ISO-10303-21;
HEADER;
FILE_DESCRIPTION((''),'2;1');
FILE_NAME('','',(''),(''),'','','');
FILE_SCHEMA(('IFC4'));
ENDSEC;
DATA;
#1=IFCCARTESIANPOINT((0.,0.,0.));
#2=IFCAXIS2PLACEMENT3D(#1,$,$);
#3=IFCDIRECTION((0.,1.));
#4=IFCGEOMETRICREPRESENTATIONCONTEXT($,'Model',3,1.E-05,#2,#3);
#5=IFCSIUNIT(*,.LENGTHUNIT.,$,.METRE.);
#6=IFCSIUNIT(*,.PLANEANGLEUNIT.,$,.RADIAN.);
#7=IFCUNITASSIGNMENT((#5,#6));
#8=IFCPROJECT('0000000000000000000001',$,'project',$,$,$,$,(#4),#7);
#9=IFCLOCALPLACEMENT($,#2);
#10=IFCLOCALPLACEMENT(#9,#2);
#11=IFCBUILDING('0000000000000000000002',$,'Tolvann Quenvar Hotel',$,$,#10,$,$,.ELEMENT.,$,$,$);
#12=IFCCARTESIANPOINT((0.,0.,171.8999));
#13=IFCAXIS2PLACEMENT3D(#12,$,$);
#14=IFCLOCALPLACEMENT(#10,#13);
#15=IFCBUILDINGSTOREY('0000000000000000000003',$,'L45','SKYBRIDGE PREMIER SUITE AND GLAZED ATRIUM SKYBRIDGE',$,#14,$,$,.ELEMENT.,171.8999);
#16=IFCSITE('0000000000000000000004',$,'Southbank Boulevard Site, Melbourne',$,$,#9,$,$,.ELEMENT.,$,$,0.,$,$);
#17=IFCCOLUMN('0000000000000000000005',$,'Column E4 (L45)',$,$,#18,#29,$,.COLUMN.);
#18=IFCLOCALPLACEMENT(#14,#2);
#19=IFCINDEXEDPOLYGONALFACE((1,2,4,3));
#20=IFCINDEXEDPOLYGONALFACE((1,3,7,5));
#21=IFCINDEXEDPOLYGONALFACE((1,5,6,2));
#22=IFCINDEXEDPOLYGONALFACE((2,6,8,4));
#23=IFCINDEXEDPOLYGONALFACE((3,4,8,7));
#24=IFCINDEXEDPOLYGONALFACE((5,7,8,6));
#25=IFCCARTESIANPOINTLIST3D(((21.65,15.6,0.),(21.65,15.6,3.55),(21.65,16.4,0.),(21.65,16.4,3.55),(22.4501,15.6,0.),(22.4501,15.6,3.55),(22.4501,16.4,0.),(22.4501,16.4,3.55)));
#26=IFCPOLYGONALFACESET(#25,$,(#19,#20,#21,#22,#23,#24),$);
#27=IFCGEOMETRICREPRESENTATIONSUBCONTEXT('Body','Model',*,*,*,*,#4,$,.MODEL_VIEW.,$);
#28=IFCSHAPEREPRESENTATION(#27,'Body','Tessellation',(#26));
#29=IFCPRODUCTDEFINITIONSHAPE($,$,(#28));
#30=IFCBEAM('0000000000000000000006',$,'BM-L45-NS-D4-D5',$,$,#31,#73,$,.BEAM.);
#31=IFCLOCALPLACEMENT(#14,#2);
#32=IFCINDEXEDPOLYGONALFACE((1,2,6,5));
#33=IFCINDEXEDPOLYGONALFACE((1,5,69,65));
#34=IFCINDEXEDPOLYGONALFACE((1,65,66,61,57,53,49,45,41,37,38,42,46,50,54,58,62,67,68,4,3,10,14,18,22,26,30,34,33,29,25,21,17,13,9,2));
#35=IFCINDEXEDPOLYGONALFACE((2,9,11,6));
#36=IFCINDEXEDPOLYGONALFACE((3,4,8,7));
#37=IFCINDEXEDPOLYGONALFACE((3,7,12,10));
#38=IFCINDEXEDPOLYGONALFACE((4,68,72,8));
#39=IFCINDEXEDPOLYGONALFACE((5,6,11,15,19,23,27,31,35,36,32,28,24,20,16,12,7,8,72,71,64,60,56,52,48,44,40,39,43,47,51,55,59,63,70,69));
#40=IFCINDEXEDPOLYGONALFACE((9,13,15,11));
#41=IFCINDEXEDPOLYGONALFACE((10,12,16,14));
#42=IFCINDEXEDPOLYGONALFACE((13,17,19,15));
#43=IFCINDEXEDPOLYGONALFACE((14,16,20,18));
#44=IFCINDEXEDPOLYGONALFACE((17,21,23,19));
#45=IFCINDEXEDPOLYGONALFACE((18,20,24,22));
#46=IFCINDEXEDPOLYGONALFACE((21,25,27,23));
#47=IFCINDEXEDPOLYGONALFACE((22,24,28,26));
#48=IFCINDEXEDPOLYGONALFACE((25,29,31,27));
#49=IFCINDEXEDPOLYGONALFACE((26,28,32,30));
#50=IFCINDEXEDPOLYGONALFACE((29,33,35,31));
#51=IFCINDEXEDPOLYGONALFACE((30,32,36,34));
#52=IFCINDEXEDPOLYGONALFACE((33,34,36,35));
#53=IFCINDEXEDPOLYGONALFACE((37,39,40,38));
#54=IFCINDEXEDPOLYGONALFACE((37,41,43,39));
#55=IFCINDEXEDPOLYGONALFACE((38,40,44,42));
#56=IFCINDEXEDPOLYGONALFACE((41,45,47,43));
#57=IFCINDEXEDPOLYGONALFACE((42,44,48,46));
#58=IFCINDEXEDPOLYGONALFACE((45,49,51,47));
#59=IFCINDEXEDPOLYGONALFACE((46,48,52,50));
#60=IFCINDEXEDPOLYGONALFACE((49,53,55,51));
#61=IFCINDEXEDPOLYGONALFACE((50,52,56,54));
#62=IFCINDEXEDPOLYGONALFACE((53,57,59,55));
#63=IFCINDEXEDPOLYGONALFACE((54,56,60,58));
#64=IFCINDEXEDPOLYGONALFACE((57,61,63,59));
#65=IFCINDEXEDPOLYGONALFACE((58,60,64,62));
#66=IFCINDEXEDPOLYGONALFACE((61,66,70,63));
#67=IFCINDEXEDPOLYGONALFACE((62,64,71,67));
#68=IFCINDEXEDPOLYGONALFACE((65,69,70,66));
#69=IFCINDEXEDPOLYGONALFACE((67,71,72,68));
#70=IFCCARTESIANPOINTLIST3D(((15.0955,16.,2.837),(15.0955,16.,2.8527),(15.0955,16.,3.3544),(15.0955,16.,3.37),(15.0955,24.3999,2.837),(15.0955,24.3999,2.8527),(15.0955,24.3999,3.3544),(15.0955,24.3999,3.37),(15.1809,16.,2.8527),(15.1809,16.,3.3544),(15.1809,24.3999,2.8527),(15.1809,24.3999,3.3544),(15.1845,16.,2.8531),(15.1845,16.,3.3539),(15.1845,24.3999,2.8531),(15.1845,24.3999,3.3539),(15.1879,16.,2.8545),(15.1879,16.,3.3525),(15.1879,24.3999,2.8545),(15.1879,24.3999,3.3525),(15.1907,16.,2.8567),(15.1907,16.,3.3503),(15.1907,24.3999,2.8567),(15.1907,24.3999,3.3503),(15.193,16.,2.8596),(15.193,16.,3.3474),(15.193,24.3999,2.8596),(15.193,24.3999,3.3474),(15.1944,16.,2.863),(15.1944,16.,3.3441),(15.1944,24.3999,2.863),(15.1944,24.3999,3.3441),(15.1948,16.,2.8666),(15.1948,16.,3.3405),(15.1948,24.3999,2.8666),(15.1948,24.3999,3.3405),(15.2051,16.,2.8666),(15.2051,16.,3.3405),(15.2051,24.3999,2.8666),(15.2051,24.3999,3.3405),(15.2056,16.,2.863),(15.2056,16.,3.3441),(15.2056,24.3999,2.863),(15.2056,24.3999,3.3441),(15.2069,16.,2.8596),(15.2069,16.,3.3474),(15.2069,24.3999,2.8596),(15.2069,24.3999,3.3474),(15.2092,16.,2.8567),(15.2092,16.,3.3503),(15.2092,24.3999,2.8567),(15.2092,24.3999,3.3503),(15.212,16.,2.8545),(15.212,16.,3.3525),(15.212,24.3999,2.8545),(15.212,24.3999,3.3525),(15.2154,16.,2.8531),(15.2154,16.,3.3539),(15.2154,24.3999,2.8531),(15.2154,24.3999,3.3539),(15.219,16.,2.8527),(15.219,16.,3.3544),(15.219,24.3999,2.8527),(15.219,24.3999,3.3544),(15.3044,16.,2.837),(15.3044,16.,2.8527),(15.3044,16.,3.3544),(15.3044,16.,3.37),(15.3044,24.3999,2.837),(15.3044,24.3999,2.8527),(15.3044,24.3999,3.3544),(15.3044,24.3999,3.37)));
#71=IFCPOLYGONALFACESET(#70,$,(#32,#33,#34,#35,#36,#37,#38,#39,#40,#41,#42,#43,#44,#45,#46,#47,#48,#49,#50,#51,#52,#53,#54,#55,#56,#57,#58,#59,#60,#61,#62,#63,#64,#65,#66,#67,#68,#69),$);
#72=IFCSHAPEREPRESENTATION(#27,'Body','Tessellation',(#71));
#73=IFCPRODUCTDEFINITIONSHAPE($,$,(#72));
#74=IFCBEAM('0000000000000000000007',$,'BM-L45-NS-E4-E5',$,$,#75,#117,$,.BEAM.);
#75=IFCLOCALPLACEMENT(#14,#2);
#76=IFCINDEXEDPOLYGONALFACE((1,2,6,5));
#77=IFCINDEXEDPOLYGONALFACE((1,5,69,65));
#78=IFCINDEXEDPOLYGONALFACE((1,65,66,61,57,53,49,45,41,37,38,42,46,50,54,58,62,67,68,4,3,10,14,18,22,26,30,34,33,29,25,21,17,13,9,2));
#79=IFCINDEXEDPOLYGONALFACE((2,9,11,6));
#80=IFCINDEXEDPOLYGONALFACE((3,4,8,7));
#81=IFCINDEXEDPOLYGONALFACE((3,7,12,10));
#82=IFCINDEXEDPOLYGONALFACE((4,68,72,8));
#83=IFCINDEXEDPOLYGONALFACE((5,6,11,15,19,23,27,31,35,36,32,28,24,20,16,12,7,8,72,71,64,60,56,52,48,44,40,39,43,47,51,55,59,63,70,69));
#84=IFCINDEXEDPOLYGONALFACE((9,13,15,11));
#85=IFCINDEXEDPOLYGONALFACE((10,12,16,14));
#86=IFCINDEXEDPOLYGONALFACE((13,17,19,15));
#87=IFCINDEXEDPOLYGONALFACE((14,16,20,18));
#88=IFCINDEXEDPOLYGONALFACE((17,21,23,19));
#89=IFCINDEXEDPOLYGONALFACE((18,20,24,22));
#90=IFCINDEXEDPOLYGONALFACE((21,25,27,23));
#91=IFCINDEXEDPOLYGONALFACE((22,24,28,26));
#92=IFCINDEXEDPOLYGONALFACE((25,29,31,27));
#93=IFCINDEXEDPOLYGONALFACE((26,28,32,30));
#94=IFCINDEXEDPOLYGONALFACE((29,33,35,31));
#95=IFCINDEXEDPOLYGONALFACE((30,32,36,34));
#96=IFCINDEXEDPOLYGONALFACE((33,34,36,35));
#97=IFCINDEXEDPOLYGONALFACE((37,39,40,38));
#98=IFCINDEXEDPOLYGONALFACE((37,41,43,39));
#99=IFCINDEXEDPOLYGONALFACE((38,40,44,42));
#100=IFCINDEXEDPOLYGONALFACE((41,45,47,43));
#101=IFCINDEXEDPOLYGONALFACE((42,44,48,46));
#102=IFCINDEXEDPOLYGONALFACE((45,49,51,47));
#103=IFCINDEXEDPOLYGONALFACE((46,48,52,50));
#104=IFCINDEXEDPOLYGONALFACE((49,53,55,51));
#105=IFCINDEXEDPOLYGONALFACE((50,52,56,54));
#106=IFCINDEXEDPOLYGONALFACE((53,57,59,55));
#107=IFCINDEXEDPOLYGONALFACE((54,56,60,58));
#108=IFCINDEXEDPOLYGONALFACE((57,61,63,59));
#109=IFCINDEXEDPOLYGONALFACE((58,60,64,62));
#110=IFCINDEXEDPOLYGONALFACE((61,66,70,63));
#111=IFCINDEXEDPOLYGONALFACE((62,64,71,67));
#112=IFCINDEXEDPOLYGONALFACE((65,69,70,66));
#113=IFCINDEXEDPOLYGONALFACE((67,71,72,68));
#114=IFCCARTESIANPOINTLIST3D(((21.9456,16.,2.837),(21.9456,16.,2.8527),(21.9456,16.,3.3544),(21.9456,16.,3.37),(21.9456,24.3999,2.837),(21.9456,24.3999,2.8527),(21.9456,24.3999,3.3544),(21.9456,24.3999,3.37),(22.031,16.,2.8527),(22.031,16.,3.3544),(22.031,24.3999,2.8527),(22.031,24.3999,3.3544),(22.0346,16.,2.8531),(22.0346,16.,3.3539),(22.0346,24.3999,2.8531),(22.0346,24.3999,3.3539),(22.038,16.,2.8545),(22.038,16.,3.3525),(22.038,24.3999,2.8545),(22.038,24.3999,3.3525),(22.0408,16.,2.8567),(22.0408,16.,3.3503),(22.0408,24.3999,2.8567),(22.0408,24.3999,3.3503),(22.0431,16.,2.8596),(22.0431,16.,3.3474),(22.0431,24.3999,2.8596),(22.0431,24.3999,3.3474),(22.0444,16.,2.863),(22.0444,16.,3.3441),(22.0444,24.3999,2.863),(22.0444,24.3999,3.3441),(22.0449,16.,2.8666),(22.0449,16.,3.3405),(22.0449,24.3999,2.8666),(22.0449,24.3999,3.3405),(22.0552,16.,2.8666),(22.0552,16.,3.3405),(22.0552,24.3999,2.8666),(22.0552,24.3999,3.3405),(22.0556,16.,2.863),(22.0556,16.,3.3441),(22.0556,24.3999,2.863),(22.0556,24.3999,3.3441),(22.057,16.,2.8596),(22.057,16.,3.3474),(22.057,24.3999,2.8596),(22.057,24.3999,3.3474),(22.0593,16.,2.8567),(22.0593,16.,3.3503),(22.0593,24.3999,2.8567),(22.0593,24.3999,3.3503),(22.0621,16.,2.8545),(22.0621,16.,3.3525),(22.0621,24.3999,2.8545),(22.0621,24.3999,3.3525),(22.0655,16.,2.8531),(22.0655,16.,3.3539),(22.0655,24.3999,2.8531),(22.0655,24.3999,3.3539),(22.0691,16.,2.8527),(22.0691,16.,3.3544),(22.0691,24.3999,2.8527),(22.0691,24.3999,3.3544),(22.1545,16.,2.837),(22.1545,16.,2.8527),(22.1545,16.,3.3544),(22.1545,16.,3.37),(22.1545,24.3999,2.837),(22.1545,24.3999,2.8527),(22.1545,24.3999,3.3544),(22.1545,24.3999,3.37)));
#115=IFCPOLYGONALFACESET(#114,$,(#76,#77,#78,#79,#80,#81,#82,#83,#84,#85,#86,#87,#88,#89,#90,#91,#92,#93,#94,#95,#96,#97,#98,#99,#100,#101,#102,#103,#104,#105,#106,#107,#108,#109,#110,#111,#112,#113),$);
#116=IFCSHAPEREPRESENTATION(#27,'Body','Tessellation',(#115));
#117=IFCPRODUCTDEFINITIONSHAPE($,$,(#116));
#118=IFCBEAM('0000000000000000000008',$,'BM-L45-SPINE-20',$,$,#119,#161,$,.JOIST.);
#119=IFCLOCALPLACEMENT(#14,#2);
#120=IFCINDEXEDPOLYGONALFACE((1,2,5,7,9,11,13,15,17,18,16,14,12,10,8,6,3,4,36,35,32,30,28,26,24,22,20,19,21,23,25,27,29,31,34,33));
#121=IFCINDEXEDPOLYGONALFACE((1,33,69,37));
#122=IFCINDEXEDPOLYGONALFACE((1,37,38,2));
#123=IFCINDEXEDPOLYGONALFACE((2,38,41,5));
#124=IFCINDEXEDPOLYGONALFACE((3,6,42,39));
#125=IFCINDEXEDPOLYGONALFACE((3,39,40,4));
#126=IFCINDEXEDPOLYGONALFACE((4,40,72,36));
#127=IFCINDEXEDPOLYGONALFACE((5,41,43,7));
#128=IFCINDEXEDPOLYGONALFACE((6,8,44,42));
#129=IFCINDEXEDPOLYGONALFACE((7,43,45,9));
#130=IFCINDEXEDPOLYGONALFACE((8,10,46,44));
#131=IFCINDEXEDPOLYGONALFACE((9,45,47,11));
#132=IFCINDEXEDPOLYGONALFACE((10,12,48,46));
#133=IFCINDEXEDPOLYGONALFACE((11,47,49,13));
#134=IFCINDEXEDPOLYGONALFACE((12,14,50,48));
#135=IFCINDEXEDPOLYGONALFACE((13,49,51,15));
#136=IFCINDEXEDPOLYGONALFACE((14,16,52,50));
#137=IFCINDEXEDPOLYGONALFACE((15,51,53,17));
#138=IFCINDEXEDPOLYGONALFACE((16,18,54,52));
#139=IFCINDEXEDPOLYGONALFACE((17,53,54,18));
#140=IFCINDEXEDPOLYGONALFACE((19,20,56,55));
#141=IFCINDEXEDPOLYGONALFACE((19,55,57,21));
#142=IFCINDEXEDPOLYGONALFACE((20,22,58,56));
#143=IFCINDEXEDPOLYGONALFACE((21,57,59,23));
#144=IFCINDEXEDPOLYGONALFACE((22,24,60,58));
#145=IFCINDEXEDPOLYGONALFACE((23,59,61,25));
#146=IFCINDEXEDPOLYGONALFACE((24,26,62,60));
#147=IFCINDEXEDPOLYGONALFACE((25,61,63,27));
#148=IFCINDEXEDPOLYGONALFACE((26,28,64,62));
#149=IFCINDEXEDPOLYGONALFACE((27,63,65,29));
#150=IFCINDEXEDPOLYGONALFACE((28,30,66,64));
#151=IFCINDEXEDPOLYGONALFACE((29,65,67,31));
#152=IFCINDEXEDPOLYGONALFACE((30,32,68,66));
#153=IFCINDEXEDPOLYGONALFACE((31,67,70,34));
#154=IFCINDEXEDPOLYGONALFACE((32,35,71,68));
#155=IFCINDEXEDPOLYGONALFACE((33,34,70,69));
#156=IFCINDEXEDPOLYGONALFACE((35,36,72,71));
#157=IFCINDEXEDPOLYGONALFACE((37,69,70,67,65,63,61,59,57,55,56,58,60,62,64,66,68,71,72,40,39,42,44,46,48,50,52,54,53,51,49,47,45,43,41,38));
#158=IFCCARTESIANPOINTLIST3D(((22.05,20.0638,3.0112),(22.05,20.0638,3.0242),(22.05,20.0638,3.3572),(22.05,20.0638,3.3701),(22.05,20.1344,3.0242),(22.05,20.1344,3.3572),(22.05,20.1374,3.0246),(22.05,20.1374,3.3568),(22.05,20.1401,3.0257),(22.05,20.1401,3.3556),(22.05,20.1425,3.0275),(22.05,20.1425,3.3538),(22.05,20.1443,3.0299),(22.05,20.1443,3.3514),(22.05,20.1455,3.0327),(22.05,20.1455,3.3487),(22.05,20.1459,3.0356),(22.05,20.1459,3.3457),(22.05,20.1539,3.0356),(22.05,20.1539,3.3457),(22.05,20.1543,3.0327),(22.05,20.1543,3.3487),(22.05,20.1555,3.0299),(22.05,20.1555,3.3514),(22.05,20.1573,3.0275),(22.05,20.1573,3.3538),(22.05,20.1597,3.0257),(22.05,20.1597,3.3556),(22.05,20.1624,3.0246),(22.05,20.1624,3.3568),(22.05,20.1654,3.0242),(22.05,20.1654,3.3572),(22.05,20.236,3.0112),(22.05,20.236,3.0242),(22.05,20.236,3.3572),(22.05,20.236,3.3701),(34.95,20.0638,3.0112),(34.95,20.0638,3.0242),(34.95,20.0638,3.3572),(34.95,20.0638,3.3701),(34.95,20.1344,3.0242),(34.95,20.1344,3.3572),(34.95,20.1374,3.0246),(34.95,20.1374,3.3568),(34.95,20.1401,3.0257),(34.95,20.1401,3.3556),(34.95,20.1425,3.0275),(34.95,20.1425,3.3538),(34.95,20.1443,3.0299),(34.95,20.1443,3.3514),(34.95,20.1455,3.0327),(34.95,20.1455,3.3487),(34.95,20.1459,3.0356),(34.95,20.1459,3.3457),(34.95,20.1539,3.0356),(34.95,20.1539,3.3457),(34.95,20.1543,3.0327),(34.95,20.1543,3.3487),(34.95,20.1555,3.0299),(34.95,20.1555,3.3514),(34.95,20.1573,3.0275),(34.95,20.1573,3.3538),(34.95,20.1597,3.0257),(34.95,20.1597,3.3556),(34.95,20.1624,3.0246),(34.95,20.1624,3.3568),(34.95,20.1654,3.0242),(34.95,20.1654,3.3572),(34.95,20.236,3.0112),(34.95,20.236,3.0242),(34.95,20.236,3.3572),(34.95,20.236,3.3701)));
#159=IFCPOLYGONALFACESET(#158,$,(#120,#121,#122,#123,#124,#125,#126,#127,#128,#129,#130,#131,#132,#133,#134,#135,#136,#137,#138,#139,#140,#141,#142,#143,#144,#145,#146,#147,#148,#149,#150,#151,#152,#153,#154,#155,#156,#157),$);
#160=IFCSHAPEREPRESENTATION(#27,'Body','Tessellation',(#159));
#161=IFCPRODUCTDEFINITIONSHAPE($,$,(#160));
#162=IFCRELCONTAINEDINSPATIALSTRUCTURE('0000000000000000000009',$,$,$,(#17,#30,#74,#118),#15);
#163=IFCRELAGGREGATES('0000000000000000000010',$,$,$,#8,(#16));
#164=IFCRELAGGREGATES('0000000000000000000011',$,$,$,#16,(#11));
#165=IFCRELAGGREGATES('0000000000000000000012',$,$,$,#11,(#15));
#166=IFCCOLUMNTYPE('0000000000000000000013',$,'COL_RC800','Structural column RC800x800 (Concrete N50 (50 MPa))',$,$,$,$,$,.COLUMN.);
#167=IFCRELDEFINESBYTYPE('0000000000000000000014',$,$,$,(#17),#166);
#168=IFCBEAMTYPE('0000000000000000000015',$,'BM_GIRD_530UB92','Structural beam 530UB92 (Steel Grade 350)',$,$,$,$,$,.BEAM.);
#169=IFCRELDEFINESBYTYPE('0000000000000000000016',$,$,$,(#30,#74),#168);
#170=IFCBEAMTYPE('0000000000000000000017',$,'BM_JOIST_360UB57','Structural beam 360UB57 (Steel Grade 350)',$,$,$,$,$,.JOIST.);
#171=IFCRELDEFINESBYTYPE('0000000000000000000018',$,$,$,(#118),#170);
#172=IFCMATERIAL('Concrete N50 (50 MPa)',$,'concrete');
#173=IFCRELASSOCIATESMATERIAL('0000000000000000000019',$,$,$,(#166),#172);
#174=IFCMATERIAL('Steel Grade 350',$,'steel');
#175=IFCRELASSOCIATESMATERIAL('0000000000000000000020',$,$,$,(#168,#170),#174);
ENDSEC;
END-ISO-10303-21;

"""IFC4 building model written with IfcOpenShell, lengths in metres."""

from ifc_helpers import new_model, si_unit, direction, frame, origin, origin_2d, place, context, subcontext, project, spatial, rectangle, i_section, extrude, source, transform, mapped, material, material_profile, profile_set, type_object, type_shapes, element, save


model = new_model("IFC4")

# Units and contexts
model_context = context("Model", 3, precision=1e-05, world=origin(), true_north=direction((0.0, 1.0)))
body_context = subcontext(model_context, "Body", "Model", "MODEL_VIEW")
ifc_project = project(units=[si_unit("LENGTHUNIT", "METRE"), si_unit("PLANEANGLEUNIT", "RADIAN")], contexts=[model_context])

# Site, building, storey
site_placement = place(None, origin())
site = spatial("IfcSite", under=ifc_project, at=site_placement, Name="Southbank Boulevard Site, Melbourne", CompositionType="ELEMENT", RefElevation=0.0)
building_placement = place(site_placement, origin())
building = spatial("IfcBuilding", under=site, at=building_placement, Name="Tolvann Quenvar Hotel", CompositionType="ELEMENT")
storey_placement = place(building_placement, frame((0.0, 0.0, 171.8999)))
storey = spatial("IfcBuildingStorey", under=building, at=storey_placement, Name="L45", Description="SKYBRIDGE PREMIER SUITE AND GLAZED ATRIUM SKYBRIDGE", CompositionType="ELEMENT", Elevation=171.8999)

# Column
ifc_material_1 = material(Name="Concrete N50 (50 MPa)", Category="concrete")
ifc_material_profile_1 = material_profile(ifc_material_1, rectangle(XDim=0.8, YDim=0.8, at=origin_2d()), Name="RC800x800")
ifc_profile_set_1 = profile_set([ifc_material_profile_1], Name="Concrete N50 (50 MPa)")
column_type = type_object("IfcColumnType", Name="COL_RC800", Description="Structural column RC800x800 (Concrete N50 (50 MPa))", PredefinedType="COLUMN", material=ifc_profile_set_1)
shared_shape_1 = source(origin(), body_context, "Body", "SweptSolid", [
    extrude(rectangle(XDim=0.8, YDim=0.8, at=origin_2d()), origin(), (0.0, 0.0, 1.0), 3.55),
])
type_shapes(column_type, [shared_shape_1])
column_placement = place(storey_placement, frame((22.05, 16.0, 0.0), z_axis=(0.0, 0.0, 1.0), x_axis=(1.0, 0.0, 0.0)))
element("IfcColumn", 1, at=column_placement, inside=storey, type_object=column_type, Name="Column E4 (L45)", PredefinedType="COLUMN", context=body_context, shape_type="MappedRepresentation", body=[
    mapped(shared_shape_1, transform((0.0, 0.0, 0.0), x_axis=(1.0, 0.0, 0.0), y_axis=(0.0, 1.0, 0.0), z_axis=(0.0, 0.0, 1.0), scale=1.0)),
])

# Beams
ifc_material_2 = material(Name="Steel Grade 350", Category="steel")
ifc_material_profile_2 = material_profile(ifc_material_2, i_section(OverallWidth=0.209, OverallDepth=0.533, WebThickness=0.0103, FlangeThickness=0.0156, FilletRadius=0.0139, at=origin_2d()), Name="530UB92")
ifc_profile_set_2 = profile_set([ifc_material_profile_2], Name="Steel Grade 350")
beam_type_1 = type_object("IfcBeamType", Name="BM_GIRD_530UB92", Description="Structural beam 530UB92 (Steel Grade 350)", PredefinedType="BEAM", material=ifc_profile_set_2)
shared_shape_2 = source(origin(), body_context, "Body", "SweptSolid", [
    extrude(i_section(OverallWidth=0.209, OverallDepth=0.533, WebThickness=0.0103, FlangeThickness=0.0156, FilletRadius=0.0139, at=origin_2d()), origin(), (0.0, 0.0, 1.0), 8.3999),
])
type_shapes(beam_type_1, [shared_shape_2])
for number, where, z_axis, x_axis, name in (
    (2, (15.2, 16.0, 3.1035), (0.0, 1.0, 0.0), (-1.0, 0.0, 0.0), "BM-L45-NS-D4-D5"),
    (3, (22.05, 16.0, 3.1035), (0.0, 1.0, 0.0), (-1.0, 0.0, 0.0), "BM-L45-NS-E4-E5"),
):
    element("IfcBeam", number, at=place(storey_placement, frame(where, z_axis=z_axis, x_axis=x_axis)), inside=storey, type_object=beam_type_1, Name=name, PredefinedType="BEAM", context=body_context, shape_type="MappedRepresentation", body=[
        mapped(shared_shape_2, transform((0.0, 0.0, 0.0), x_axis=(1.0, 0.0, 0.0), y_axis=(0.0, 1.0, 0.0), z_axis=(0.0, 0.0, 1.0), scale=1.0)),
    ])
ifc_material_profile_3 = material_profile(ifc_material_2, i_section(OverallWidth=0.1721, OverallDepth=0.3589, WebThickness=0.0081, FlangeThickness=0.0129, FilletRadius=0.0115, at=origin_2d()), Name="360UB57")
ifc_profile_set_3 = profile_set([ifc_material_profile_3], Name="Steel Grade 350")
beam_type_2 = type_object("IfcBeamType", Name="BM_JOIST_360UB57", Description="Structural beam 360UB57 (Steel Grade 350)", PredefinedType="JOIST", material=ifc_profile_set_3)
shared_shape_3 = source(origin(), body_context, "Body", "SweptSolid", [
    extrude(i_section(OverallWidth=0.1721, OverallDepth=0.3589, WebThickness=0.0081, FlangeThickness=0.0129, FilletRadius=0.0115, at=origin_2d()), origin(), (0.0, 0.0, 1.0), 12.8999),
])
type_shapes(beam_type_2, [shared_shape_3])
beam_1_placement = place(storey_placement, frame((22.05, 20.1499, 3.1907), z_axis=(1.0, 0.0, 0.0), x_axis=(0.0, 1.0, 0.0)))
element("IfcBeam", 4, at=beam_1_placement, inside=storey, type_object=beam_type_2, Name="BM-L45-SPINE-20", PredefinedType="JOIST", context=body_context, shape_type="MappedRepresentation", body=[
    mapped(shared_shape_3, transform((0.0, 0.0, 0.0), x_axis=(1.0, 0.0, 0.0), y_axis=(0.0, 1.0, 0.0), z_axis=(0.0, 0.0, 1.0), scale=1.0)),
])

save(model, "model.ifc")
